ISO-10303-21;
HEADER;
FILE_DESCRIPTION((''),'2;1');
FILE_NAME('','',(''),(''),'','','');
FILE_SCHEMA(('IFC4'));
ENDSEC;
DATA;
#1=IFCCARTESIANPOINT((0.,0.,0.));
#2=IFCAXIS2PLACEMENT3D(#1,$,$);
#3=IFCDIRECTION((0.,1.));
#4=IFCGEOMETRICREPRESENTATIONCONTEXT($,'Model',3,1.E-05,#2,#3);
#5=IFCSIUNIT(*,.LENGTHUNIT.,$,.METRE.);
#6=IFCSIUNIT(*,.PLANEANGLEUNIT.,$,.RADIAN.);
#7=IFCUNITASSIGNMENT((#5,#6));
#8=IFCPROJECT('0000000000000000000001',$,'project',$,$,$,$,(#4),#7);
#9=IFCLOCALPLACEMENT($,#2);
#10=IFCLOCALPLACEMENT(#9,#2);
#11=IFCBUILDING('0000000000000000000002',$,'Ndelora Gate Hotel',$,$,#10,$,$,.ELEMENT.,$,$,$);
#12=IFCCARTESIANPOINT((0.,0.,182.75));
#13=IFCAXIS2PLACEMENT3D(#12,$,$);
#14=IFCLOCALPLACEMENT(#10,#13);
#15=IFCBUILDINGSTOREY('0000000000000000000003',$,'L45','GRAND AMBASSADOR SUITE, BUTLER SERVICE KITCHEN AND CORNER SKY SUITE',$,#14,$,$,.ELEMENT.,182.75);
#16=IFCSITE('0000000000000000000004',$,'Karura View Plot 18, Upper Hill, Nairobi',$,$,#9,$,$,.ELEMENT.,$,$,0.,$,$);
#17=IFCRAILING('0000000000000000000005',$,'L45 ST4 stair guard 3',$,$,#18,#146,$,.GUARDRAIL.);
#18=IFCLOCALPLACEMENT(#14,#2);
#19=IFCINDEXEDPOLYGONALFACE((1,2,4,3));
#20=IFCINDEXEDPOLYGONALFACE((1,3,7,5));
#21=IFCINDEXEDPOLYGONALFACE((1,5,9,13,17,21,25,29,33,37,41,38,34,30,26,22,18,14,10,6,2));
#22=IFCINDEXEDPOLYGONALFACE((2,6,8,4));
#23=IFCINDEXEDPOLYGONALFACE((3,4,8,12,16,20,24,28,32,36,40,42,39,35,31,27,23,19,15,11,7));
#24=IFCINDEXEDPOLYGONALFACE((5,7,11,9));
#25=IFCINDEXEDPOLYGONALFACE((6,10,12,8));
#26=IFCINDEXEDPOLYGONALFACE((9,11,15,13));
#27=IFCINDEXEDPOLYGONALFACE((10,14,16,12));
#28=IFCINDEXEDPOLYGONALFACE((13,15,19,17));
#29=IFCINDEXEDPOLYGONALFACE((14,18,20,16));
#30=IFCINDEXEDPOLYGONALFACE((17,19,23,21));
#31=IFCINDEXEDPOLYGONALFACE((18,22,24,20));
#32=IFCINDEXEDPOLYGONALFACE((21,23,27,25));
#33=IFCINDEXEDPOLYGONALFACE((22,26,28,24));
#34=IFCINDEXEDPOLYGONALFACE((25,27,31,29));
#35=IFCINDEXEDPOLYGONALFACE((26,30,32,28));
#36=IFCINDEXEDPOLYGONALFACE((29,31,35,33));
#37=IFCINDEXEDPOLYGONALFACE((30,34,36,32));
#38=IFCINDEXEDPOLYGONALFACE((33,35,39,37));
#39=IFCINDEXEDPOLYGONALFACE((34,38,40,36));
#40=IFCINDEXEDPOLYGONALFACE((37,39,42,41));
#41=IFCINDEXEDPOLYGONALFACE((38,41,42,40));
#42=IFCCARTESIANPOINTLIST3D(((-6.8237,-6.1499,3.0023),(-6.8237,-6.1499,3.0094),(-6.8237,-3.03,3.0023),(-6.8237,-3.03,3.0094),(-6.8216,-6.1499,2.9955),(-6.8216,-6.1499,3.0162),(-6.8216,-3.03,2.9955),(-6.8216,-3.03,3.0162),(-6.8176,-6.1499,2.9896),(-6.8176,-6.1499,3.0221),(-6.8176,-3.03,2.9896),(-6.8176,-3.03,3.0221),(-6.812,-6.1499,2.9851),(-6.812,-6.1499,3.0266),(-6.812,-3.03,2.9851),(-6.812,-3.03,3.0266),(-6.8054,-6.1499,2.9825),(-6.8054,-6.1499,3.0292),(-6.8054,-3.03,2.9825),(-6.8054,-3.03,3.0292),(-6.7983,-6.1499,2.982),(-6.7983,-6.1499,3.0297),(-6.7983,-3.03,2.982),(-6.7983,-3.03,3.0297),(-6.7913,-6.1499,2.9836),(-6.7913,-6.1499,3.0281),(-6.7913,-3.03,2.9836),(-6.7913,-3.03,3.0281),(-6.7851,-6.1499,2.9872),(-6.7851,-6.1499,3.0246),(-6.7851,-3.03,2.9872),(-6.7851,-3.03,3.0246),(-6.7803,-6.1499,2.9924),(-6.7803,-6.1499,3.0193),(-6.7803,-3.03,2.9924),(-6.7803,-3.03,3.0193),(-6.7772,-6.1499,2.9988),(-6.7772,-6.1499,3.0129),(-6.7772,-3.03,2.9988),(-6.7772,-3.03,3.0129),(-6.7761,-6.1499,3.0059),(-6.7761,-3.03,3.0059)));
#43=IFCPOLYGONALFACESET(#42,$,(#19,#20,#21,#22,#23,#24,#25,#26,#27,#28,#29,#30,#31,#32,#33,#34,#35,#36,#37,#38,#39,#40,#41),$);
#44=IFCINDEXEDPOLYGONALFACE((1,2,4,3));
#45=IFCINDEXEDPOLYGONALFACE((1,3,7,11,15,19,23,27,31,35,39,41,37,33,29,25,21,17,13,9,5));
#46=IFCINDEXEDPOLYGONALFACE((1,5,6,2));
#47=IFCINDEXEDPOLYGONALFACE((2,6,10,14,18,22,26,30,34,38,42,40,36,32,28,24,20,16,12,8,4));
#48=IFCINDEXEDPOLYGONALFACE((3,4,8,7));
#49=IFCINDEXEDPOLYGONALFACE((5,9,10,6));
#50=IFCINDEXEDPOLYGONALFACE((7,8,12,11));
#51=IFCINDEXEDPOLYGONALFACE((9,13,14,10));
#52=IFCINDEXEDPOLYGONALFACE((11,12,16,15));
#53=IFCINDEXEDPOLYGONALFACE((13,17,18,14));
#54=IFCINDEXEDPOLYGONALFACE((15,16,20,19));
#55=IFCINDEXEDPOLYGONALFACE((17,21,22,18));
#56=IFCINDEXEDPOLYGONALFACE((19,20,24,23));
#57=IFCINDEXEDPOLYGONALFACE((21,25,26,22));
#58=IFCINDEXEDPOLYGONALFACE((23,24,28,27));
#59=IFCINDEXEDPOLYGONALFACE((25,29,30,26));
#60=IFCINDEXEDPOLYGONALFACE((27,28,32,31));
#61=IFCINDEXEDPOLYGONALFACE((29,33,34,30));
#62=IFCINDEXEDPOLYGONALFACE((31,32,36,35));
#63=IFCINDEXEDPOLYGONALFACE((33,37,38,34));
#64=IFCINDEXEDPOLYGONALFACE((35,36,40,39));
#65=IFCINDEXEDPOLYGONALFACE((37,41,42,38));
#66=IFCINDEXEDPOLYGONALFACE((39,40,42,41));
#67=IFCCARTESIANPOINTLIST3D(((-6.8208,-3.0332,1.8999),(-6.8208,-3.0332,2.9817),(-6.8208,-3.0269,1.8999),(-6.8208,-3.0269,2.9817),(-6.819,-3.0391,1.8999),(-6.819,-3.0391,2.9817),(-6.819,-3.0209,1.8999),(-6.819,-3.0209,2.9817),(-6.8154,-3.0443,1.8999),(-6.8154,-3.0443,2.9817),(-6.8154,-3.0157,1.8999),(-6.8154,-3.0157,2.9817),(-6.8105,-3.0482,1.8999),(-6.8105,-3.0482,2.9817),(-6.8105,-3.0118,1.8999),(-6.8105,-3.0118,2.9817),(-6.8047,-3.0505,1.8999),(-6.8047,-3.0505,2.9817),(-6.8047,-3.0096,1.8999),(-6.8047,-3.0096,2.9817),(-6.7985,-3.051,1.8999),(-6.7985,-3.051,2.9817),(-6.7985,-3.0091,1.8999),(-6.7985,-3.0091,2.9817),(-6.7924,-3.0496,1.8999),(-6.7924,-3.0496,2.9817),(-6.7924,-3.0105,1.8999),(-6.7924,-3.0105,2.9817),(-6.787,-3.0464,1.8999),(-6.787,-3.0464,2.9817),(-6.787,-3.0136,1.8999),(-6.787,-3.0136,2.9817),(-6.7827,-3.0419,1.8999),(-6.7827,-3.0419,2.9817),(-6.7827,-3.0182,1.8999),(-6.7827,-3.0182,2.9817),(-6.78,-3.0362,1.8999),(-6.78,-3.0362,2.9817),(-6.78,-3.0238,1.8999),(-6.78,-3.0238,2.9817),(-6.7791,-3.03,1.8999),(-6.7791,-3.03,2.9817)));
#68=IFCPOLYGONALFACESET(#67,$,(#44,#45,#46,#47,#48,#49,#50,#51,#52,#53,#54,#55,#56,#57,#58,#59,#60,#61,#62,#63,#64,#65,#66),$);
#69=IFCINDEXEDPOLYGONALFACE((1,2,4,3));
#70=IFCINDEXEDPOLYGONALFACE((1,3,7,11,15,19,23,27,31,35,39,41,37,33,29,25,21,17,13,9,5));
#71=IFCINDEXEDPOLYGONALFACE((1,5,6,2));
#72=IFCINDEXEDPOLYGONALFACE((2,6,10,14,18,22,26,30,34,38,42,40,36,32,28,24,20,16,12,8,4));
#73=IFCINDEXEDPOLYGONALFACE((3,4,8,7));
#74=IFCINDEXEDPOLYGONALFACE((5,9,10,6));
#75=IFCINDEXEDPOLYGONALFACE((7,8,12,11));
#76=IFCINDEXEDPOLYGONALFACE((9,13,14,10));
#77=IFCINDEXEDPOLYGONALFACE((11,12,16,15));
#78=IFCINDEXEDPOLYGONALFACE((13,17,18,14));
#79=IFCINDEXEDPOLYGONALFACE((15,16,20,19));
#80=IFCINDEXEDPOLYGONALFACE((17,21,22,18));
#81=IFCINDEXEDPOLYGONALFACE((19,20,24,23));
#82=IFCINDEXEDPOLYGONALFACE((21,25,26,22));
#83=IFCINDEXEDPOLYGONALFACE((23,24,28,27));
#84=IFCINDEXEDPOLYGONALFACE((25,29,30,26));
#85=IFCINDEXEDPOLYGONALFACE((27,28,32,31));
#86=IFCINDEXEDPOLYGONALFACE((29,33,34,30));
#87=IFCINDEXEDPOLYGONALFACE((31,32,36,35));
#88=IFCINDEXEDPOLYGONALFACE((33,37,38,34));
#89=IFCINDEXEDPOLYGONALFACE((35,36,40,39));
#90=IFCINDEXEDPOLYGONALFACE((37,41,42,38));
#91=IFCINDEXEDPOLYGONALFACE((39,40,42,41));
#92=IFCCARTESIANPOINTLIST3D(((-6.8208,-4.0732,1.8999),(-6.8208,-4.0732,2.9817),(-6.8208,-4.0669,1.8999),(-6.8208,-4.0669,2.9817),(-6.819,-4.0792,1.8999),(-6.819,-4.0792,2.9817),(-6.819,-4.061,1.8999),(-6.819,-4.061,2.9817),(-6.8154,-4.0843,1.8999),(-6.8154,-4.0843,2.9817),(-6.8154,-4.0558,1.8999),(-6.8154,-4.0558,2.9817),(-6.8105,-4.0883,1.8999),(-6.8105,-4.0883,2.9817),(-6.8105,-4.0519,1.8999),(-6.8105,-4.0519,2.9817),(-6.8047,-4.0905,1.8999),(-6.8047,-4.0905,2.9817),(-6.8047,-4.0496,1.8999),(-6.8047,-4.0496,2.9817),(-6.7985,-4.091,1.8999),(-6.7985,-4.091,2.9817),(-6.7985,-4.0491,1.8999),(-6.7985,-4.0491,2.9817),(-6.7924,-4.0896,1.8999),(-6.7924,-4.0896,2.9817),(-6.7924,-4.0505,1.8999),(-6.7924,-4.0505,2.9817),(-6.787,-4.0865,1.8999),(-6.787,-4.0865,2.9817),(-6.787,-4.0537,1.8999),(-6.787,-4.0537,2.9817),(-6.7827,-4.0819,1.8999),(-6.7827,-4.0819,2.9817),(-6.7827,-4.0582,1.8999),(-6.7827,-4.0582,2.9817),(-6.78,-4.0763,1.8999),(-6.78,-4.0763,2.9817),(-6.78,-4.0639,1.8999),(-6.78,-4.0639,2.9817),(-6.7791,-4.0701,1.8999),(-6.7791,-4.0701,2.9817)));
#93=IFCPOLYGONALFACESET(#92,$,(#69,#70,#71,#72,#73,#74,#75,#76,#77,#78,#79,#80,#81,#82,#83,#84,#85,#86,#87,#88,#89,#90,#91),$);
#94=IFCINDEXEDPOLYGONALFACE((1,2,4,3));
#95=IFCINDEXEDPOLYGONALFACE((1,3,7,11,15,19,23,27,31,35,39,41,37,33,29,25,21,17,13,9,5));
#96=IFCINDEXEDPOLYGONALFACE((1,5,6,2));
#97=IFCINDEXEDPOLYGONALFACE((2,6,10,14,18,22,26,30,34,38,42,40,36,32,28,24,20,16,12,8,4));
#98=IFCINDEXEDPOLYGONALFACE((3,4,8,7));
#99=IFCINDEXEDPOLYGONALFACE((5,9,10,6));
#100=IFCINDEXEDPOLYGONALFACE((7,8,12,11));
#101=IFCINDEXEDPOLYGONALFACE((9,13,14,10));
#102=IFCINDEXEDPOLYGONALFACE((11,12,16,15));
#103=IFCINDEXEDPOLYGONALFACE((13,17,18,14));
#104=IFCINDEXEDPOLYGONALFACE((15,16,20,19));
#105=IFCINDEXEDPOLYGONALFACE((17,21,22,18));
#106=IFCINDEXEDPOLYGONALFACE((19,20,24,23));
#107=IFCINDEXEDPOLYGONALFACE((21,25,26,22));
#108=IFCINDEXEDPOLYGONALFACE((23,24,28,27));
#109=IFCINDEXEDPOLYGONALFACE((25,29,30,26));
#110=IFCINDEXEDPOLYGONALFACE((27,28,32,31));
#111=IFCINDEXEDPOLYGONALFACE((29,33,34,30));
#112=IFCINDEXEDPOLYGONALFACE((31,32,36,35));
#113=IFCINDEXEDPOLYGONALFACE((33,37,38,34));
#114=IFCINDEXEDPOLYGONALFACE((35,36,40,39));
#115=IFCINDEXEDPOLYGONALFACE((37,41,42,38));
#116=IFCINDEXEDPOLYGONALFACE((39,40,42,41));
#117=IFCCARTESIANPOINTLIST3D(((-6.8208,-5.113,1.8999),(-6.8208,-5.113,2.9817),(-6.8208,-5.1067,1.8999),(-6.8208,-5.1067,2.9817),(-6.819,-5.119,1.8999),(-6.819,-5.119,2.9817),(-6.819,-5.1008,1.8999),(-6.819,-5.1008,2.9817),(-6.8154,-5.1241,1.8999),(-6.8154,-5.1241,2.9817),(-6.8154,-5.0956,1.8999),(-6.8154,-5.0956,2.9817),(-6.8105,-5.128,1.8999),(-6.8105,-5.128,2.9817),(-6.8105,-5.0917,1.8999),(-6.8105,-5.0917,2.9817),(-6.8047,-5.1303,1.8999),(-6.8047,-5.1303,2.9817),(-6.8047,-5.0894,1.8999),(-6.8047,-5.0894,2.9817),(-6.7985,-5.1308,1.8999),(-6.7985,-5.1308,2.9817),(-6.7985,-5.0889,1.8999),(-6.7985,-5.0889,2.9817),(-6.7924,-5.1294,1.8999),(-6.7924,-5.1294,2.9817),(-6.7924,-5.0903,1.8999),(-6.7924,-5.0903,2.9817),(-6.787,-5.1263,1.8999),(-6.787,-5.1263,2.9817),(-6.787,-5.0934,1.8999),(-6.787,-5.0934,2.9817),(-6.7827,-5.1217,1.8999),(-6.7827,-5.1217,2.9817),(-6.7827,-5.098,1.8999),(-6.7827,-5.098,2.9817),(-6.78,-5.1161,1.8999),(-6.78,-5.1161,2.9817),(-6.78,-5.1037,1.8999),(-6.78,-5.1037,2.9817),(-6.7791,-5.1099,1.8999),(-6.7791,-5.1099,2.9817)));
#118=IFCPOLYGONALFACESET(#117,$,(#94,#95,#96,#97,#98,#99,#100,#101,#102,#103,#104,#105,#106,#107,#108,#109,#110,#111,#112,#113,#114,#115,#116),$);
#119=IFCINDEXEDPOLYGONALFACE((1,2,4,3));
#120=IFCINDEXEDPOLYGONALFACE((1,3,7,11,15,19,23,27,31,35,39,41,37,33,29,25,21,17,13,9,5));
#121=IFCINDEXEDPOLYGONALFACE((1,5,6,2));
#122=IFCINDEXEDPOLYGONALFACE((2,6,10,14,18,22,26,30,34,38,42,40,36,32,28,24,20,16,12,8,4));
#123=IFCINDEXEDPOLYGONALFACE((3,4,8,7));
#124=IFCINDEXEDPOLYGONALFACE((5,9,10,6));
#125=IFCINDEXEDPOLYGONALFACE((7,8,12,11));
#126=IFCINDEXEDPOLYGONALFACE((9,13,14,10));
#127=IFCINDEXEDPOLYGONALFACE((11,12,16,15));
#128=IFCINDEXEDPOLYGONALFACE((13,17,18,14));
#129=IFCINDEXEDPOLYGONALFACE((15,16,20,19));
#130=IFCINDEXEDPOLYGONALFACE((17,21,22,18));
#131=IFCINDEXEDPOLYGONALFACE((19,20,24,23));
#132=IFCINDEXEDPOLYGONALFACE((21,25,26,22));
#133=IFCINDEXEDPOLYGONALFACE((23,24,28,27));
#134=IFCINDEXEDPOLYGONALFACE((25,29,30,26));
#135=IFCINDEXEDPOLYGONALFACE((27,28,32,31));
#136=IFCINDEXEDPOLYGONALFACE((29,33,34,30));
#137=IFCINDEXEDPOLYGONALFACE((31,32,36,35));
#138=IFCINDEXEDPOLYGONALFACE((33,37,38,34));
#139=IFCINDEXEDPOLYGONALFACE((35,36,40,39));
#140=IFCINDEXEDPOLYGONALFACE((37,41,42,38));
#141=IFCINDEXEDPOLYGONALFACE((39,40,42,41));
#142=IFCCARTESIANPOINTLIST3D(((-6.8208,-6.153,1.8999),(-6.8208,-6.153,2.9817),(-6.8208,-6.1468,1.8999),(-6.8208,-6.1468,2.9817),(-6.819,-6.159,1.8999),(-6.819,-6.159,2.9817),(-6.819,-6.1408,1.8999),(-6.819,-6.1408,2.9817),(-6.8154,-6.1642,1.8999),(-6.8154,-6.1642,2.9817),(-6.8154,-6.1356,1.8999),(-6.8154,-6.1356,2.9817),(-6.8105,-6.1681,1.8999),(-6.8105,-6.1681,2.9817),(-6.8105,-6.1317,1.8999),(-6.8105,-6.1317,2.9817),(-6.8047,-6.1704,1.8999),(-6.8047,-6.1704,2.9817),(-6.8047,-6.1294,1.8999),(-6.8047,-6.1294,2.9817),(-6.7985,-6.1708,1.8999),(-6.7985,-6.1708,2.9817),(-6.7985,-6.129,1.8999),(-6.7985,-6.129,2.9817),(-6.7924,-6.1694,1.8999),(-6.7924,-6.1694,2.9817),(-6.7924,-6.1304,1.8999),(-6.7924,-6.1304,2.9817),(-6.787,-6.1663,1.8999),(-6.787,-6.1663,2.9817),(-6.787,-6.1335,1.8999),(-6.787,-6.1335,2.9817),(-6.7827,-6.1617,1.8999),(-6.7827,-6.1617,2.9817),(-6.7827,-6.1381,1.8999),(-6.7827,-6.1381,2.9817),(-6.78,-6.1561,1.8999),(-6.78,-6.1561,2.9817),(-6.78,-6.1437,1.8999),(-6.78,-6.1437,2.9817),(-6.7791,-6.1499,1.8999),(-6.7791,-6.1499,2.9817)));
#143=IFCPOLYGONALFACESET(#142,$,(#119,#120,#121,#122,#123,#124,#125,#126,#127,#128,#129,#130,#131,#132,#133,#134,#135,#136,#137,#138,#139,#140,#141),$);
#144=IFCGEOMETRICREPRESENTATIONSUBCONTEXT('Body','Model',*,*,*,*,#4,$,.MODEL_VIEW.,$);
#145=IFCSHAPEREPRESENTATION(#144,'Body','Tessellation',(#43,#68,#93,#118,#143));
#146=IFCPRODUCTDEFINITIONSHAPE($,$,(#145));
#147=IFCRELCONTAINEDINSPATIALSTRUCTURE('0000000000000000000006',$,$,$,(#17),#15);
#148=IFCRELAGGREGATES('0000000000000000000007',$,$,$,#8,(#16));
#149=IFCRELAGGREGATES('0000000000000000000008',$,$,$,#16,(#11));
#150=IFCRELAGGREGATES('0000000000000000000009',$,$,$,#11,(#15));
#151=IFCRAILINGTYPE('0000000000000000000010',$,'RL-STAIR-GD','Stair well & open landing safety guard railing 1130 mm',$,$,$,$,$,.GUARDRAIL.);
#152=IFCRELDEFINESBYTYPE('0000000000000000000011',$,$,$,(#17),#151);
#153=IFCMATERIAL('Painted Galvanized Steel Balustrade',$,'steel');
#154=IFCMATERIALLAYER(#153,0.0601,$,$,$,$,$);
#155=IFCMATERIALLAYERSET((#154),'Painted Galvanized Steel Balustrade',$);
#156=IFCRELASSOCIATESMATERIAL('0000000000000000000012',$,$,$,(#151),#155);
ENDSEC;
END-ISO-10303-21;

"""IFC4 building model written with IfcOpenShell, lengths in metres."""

from ifc_helpers import new_model, si_unit, direction, frame, origin, origin_2d, place, context, subcontext, project, spatial, circle, extrude, material, layer, layer_set, type_object, element, save


model = new_model("IFC4")

# Units and contexts
model_context = context("Model", 3, precision=1e-05, world=origin(), true_north=direction((0.0, 1.0)))
body_context = subcontext(model_context, "Body", "Model", "MODEL_VIEW")
ifc_project = project(units=[si_unit("LENGTHUNIT", "METRE"), si_unit("PLANEANGLEUNIT", "RADIAN")], contexts=[model_context])

# Site, building, storey
site_placement = place(None, origin())
site = spatial("IfcSite", under=ifc_project, at=site_placement, Name="Karura View Plot 18, Upper Hill, Nairobi", CompositionType="ELEMENT", RefElevation=0.0)
building_placement = place(site_placement, origin())
building = spatial("IfcBuilding", under=site, at=building_placement, Name="Ndelora Gate Hotel", CompositionType="ELEMENT")
storey_placement = place(building_placement, frame((0.0, 0.0, 182.75)))
storey = spatial("IfcBuildingStorey", under=building, at=storey_placement, Name="L45", Description="GRAND AMBASSADOR SUITE, BUTLER SERVICE KITCHEN AND CORNER SKY SUITE", CompositionType="ELEMENT", Elevation=182.75)

# Railing
ifc_material_1 = material(Name="Painted Galvanized Steel Balustrade", Category="steel")
ifc_layer_1 = layer(ifc_material_1, 0.0601)
ifc_layer_set_1 = layer_set([ifc_layer_1], Name="Painted Galvanized Steel Balustrade")
railing_type_1 = type_object("IfcRailingType", Name="RL-STAIR-GD", Description="Stair well & open landing safety guard railing 1130 mm", PredefinedType="GUARDRAIL", material=ifc_layer_set_1)
for number, where, name in (
    (1, (-6.8, -3.03, 1.8999), "L45 ST4 stair guard 3"),
):
    element("IfcRailing", number, at=place(storey_placement, frame(where)), inside=storey, type_object=railing_type_1, Name=name, PredefinedType="GUARDRAIL", context=body_context, shape_type="SweptSolid", body=[
        extrude(circle(Radius=0.0239, at=origin_2d()), frame((0.0, 0.0, 1.106), z_axis=(0.0, -1.0, 0.0), x_axis=(1.0, 0.0, 0.0)), (0.0, 0.0, 1.0), 3.1199),
        extrude(circle(Radius=0.021, at=origin_2d()), origin(), (0.0, 0.0, 1.0), 1.0818),
        extrude(circle(Radius=0.021, at=origin_2d()), frame((0.0, -1.04, 0.0)), (0.0, 0.0, 1.0), 1.0818),
        extrude(circle(Radius=0.021, at=origin_2d()), frame((0.0, -2.0798, 0.0)), (0.0, 0.0, 1.0), 1.0818),
        extrude(circle(Radius=0.021, at=origin_2d()), frame((0.0, -3.1199, 0.0)), (0.0, 0.0, 1.0), 1.0818),
    ])

save(model, "model.ifc")
